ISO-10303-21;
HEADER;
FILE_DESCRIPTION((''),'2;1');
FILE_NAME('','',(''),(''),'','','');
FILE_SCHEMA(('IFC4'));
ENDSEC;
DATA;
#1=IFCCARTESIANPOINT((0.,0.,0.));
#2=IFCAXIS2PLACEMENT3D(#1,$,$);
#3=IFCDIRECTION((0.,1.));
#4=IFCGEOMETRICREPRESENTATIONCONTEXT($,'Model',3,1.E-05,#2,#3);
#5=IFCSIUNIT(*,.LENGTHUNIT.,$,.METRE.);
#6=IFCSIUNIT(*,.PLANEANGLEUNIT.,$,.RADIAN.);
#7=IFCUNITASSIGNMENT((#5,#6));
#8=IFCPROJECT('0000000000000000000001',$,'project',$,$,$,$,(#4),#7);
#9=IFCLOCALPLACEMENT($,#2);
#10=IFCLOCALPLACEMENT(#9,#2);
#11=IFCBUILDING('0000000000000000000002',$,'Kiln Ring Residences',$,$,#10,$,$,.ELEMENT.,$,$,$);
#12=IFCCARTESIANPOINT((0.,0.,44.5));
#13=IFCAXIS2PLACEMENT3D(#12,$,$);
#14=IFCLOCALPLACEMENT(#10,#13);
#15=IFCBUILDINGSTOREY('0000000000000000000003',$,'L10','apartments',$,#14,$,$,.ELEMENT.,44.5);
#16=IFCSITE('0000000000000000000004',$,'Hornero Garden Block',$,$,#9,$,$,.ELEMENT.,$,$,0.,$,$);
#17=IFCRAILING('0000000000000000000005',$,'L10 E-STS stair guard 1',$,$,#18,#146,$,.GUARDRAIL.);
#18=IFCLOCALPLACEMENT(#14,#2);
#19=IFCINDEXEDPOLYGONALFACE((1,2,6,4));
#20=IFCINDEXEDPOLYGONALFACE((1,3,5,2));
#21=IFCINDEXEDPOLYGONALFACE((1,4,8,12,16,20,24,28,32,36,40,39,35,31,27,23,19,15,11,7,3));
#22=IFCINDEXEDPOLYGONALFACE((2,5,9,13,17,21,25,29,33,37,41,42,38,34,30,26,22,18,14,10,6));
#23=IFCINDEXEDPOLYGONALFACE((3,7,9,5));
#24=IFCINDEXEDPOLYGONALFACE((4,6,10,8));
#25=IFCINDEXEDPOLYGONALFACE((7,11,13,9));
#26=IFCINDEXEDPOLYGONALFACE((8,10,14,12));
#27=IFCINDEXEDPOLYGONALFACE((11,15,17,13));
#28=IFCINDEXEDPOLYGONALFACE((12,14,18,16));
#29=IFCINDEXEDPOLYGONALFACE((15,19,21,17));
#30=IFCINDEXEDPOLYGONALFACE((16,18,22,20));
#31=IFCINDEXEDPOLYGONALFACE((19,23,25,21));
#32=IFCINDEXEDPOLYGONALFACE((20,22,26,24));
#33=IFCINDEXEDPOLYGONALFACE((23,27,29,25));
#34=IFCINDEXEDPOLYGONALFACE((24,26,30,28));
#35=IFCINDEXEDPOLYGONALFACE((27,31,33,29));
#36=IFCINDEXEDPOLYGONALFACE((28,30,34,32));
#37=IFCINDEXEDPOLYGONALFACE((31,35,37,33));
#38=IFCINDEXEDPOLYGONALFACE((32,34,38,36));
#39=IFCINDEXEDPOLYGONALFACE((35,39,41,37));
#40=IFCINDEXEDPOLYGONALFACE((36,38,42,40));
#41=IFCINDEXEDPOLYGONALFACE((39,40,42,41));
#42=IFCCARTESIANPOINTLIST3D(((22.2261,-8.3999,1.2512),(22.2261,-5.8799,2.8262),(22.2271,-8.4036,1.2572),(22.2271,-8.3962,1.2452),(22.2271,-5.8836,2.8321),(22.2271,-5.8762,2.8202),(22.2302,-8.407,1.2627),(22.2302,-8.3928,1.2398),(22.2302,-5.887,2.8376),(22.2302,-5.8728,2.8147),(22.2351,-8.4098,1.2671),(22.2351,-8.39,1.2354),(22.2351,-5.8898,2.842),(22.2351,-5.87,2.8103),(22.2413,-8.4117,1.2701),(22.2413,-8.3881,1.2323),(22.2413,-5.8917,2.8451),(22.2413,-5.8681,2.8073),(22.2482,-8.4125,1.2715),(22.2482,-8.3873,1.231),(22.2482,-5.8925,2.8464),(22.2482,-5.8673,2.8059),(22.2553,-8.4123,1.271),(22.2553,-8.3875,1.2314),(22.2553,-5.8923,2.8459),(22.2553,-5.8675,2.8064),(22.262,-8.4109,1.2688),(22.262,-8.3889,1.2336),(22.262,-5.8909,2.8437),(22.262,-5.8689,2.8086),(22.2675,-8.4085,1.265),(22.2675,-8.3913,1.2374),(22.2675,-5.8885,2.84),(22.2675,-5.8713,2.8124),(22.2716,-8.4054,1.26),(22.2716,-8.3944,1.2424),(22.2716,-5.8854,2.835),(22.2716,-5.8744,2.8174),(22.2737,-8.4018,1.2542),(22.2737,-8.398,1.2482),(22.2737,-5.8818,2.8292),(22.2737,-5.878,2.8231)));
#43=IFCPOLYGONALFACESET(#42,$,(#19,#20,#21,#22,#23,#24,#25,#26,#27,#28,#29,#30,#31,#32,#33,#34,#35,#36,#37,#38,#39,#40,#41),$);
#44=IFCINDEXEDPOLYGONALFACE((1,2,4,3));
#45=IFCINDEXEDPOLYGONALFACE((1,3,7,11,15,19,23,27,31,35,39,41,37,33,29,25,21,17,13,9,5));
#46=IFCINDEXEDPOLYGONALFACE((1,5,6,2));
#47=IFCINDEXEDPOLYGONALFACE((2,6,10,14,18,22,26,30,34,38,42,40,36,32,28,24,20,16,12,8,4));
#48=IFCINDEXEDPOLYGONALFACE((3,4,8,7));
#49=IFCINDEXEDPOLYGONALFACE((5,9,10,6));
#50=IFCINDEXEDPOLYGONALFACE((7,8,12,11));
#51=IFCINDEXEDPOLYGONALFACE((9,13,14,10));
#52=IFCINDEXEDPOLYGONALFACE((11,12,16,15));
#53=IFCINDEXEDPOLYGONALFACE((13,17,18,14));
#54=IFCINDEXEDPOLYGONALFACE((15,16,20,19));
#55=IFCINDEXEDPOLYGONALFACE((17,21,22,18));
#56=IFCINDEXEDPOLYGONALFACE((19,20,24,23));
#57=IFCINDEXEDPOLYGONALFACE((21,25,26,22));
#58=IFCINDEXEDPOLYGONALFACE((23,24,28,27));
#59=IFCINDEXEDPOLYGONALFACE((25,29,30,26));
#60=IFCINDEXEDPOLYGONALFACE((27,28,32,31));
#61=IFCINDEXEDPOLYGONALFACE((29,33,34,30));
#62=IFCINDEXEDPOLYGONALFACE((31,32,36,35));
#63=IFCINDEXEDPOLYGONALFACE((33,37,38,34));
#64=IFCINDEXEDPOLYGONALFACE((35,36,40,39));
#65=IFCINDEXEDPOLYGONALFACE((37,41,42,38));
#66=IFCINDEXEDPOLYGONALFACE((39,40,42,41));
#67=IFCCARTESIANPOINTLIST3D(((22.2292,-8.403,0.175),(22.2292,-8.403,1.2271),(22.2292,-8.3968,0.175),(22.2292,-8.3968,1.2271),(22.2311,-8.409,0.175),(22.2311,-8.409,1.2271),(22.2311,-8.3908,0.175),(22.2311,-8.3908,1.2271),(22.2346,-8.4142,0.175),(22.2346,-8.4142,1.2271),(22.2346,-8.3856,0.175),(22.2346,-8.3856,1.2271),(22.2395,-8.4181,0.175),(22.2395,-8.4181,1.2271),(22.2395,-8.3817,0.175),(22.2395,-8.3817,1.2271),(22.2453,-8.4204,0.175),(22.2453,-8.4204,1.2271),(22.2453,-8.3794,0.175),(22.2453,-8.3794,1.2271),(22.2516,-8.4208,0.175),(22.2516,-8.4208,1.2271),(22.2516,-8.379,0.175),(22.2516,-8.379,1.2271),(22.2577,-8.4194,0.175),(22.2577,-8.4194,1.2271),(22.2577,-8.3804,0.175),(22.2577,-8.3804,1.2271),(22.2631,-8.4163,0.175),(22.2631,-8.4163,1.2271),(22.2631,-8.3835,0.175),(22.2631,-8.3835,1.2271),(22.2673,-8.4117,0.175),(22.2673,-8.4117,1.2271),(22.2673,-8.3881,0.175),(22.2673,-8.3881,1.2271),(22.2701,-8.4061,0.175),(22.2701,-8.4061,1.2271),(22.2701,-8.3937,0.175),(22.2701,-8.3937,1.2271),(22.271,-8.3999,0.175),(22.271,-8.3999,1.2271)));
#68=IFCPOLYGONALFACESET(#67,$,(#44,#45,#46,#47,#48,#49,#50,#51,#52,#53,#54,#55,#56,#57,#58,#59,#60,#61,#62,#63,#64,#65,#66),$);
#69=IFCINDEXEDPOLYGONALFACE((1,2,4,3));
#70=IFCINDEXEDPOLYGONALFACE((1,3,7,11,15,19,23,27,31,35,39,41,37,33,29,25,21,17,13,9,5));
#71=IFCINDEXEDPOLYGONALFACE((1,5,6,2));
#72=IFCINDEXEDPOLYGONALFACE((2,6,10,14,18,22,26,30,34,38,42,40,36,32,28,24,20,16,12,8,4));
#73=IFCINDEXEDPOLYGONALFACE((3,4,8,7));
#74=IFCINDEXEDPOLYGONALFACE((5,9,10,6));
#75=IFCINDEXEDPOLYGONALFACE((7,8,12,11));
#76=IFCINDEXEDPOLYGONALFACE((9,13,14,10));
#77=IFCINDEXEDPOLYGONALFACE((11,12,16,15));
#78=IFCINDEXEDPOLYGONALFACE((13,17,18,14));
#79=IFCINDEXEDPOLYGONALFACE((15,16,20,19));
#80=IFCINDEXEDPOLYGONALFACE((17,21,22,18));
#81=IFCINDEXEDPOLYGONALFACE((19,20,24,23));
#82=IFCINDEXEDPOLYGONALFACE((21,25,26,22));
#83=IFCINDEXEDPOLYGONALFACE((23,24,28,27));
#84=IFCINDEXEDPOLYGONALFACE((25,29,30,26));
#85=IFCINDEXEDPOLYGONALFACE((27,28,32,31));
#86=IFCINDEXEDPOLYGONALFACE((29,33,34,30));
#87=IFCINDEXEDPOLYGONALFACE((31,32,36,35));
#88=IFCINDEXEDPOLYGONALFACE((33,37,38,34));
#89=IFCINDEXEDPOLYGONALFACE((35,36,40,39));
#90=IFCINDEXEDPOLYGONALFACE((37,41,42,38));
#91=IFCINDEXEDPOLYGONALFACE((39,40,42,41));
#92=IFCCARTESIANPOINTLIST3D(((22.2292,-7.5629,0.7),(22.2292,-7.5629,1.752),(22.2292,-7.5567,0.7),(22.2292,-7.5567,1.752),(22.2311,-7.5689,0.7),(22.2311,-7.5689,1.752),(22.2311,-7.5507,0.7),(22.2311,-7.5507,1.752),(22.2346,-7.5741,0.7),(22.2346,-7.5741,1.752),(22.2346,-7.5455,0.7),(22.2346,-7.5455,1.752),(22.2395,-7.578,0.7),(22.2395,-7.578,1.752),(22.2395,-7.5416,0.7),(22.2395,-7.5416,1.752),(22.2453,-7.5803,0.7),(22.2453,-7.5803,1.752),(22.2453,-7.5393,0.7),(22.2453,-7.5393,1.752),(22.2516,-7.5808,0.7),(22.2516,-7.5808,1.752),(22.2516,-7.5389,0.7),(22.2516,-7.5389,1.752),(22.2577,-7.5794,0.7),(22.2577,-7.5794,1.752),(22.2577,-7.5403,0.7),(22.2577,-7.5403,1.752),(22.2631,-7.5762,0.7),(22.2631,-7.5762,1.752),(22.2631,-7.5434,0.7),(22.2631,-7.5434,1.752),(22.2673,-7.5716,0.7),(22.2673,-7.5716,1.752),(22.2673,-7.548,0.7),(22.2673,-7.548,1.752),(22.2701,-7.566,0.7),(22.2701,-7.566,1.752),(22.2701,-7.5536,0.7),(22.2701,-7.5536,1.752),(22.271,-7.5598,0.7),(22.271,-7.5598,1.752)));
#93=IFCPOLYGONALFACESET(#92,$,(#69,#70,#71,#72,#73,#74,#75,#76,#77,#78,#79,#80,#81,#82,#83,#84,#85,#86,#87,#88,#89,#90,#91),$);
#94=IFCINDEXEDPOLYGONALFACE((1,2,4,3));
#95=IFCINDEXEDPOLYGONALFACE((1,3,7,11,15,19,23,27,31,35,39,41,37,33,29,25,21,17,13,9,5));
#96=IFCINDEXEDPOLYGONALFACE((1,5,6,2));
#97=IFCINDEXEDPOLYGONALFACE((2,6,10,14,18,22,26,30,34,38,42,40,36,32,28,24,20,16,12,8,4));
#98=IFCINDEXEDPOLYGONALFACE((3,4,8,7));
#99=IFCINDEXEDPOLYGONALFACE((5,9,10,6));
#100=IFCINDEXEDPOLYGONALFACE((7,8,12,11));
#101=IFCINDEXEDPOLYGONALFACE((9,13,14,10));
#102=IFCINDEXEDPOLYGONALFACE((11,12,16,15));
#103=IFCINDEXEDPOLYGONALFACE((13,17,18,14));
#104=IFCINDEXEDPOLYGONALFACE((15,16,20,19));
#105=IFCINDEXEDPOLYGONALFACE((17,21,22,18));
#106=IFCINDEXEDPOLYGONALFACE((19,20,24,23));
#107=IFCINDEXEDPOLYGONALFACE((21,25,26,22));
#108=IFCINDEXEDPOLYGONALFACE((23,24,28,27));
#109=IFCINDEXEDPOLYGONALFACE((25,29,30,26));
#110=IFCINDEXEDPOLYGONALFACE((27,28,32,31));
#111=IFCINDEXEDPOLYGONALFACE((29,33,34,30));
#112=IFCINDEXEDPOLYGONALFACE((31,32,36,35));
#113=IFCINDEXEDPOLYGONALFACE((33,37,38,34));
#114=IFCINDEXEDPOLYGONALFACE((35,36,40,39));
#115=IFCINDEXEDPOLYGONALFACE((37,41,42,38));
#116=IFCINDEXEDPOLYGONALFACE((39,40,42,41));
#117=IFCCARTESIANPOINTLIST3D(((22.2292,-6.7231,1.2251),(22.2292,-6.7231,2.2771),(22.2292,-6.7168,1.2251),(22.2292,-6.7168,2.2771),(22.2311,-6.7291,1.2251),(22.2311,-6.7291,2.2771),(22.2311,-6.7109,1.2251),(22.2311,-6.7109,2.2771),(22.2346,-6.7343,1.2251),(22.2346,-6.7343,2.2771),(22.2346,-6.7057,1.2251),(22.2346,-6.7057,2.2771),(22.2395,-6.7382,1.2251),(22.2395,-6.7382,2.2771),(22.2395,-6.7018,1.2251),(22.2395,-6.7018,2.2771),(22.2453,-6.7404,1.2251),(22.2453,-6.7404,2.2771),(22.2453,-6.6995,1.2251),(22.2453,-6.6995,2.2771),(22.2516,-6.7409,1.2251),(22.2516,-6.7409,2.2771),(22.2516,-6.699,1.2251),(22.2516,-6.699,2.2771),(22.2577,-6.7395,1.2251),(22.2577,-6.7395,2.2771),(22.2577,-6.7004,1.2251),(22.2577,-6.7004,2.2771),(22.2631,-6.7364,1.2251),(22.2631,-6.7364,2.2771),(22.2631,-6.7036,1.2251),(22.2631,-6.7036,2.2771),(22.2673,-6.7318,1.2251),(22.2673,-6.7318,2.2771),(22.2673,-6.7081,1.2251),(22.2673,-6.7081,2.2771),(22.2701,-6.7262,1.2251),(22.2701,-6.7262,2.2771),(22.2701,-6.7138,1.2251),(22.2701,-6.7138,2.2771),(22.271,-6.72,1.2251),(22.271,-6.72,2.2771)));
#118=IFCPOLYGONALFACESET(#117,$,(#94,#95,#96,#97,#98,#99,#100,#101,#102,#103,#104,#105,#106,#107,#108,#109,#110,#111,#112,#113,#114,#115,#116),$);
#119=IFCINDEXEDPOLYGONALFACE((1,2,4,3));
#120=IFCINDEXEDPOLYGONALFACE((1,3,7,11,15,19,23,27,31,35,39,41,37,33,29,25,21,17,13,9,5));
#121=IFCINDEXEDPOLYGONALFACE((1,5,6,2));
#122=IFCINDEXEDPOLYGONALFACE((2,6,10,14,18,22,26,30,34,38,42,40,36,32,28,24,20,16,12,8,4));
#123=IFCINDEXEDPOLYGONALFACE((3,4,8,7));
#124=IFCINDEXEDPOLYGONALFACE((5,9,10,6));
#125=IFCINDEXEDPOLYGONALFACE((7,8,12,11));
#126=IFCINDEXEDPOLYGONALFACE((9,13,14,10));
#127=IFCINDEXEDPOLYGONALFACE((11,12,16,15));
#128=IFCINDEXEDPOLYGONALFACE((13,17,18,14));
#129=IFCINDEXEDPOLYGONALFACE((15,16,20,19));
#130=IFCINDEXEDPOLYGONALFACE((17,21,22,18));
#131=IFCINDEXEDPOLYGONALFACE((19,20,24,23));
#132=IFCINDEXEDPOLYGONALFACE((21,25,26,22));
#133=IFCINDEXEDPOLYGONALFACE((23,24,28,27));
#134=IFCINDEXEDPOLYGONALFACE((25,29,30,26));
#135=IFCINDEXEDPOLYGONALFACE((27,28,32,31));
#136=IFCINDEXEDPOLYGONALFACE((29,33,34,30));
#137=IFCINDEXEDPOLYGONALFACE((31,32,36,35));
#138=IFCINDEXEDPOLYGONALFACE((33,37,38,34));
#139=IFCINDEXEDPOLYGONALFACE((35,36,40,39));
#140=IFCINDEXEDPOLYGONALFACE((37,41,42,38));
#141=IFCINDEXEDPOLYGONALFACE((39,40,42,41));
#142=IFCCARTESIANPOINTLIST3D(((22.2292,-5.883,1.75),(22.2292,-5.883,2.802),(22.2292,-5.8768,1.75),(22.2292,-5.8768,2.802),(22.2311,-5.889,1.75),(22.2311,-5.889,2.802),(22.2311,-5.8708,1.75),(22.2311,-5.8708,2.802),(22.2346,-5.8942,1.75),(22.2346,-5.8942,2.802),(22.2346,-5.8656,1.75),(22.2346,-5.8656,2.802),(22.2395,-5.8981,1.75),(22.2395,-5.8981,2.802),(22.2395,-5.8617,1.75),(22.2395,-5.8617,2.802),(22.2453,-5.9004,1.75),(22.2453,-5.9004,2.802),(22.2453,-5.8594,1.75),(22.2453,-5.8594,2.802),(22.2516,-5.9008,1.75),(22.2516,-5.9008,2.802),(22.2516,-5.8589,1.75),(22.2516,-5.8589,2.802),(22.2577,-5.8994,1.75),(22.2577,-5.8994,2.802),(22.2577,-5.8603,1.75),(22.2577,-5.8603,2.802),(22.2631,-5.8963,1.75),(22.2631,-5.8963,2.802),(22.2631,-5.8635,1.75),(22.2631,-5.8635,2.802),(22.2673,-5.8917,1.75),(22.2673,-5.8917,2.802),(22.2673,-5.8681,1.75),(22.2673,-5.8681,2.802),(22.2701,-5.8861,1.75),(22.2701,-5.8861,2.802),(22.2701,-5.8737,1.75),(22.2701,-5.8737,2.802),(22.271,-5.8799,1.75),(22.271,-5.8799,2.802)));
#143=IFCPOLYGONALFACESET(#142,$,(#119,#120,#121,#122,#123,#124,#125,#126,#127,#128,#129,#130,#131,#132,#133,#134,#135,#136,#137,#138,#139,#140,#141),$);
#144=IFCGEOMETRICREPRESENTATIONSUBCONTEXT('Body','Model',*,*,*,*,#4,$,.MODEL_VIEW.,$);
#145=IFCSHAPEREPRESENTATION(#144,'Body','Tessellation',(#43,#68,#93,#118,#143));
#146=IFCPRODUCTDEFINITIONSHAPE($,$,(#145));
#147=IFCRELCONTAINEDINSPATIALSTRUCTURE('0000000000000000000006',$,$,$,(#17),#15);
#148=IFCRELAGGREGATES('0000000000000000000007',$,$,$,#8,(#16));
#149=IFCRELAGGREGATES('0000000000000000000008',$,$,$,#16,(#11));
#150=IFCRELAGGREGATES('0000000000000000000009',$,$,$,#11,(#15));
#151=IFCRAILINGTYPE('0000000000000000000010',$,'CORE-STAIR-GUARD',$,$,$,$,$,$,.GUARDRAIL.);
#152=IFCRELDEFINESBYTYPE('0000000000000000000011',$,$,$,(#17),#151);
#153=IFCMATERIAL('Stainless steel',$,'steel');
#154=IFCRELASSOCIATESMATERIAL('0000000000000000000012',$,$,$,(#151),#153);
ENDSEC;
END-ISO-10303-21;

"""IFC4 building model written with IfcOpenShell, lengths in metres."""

from ifc_helpers import new_model, si_unit, direction, frame, origin, origin_2d, place, context, subcontext, project, spatial, circle, extrude, material, type_object, element, save


model = new_model("IFC4")

# Units and contexts
model_context = context("Model", 3, precision=1e-05, world=origin(), true_north=direction((0.0, 1.0)))
body_context = subcontext(model_context, "Body", "Model", "MODEL_VIEW")
ifc_project = project(units=[si_unit("LENGTHUNIT", "METRE"), si_unit("PLANEANGLEUNIT", "RADIAN")], contexts=[model_context])

# Site, building, storey
site_placement = place(None, origin())
site = spatial("IfcSite", under=ifc_project, at=site_placement, Name="Hornero Garden Block", CompositionType="ELEMENT", RefElevation=0.0)
building_placement = place(site_placement, origin())
building = spatial("IfcBuilding", under=site, at=building_placement, Name="Kiln Ring Residences", CompositionType="ELEMENT")
storey_placement = place(building_placement, frame((0.0, 0.0, 44.5)))
storey = spatial("IfcBuildingStorey", under=building, at=storey_placement, Name="L10", Description="apartments", CompositionType="ELEMENT", Elevation=44.5)

# Railing
ifc_material_1 = material(Name="Stainless steel", Category="steel")
railing_type_1 = type_object("IfcRailingType", Name="CORE-STAIR-GUARD", PredefinedType="GUARDRAIL", material=ifc_material_1)
railing_1_placement = place(storey_placement, frame((22.25, -8.3999, 0.175)))
element("IfcRailing", 1, at=railing_1_placement, inside=storey, type_object=railing_type_1, Name="L10 E-STS stair guard 1", PredefinedType="GUARDRAIL", context=body_context, shape_type="SweptSolid", body=[
    extrude(circle(Radius=0.0239, at=origin_2d()), frame((0.0, 0.0, 1.0762), z_axis=(0.0, 0.848008, 0.529984), x_axis=(-1.0, 0.0, 0.0)), (0.0, 0.0, 1.0), 2.9717),
    extrude(circle(Radius=0.021, at=origin_2d()), origin(), (0.0, 0.0, 1.0), 1.052),
    extrude(circle(Radius=0.021, at=origin_2d()), frame((0.0, 0.8401, 0.5249)), (0.0, 0.0, 1.0), 1.052),
    extrude(circle(Radius=0.021, at=origin_2d()), frame((0.0, 1.6799, 1.05)), (0.0, 0.0, 1.0), 1.052),
    extrude(circle(Radius=0.021, at=origin_2d()), frame((0.0, 2.52, 1.575)), (0.0, 0.0, 1.0), 1.052),
])

save(model, "model.ifc")
